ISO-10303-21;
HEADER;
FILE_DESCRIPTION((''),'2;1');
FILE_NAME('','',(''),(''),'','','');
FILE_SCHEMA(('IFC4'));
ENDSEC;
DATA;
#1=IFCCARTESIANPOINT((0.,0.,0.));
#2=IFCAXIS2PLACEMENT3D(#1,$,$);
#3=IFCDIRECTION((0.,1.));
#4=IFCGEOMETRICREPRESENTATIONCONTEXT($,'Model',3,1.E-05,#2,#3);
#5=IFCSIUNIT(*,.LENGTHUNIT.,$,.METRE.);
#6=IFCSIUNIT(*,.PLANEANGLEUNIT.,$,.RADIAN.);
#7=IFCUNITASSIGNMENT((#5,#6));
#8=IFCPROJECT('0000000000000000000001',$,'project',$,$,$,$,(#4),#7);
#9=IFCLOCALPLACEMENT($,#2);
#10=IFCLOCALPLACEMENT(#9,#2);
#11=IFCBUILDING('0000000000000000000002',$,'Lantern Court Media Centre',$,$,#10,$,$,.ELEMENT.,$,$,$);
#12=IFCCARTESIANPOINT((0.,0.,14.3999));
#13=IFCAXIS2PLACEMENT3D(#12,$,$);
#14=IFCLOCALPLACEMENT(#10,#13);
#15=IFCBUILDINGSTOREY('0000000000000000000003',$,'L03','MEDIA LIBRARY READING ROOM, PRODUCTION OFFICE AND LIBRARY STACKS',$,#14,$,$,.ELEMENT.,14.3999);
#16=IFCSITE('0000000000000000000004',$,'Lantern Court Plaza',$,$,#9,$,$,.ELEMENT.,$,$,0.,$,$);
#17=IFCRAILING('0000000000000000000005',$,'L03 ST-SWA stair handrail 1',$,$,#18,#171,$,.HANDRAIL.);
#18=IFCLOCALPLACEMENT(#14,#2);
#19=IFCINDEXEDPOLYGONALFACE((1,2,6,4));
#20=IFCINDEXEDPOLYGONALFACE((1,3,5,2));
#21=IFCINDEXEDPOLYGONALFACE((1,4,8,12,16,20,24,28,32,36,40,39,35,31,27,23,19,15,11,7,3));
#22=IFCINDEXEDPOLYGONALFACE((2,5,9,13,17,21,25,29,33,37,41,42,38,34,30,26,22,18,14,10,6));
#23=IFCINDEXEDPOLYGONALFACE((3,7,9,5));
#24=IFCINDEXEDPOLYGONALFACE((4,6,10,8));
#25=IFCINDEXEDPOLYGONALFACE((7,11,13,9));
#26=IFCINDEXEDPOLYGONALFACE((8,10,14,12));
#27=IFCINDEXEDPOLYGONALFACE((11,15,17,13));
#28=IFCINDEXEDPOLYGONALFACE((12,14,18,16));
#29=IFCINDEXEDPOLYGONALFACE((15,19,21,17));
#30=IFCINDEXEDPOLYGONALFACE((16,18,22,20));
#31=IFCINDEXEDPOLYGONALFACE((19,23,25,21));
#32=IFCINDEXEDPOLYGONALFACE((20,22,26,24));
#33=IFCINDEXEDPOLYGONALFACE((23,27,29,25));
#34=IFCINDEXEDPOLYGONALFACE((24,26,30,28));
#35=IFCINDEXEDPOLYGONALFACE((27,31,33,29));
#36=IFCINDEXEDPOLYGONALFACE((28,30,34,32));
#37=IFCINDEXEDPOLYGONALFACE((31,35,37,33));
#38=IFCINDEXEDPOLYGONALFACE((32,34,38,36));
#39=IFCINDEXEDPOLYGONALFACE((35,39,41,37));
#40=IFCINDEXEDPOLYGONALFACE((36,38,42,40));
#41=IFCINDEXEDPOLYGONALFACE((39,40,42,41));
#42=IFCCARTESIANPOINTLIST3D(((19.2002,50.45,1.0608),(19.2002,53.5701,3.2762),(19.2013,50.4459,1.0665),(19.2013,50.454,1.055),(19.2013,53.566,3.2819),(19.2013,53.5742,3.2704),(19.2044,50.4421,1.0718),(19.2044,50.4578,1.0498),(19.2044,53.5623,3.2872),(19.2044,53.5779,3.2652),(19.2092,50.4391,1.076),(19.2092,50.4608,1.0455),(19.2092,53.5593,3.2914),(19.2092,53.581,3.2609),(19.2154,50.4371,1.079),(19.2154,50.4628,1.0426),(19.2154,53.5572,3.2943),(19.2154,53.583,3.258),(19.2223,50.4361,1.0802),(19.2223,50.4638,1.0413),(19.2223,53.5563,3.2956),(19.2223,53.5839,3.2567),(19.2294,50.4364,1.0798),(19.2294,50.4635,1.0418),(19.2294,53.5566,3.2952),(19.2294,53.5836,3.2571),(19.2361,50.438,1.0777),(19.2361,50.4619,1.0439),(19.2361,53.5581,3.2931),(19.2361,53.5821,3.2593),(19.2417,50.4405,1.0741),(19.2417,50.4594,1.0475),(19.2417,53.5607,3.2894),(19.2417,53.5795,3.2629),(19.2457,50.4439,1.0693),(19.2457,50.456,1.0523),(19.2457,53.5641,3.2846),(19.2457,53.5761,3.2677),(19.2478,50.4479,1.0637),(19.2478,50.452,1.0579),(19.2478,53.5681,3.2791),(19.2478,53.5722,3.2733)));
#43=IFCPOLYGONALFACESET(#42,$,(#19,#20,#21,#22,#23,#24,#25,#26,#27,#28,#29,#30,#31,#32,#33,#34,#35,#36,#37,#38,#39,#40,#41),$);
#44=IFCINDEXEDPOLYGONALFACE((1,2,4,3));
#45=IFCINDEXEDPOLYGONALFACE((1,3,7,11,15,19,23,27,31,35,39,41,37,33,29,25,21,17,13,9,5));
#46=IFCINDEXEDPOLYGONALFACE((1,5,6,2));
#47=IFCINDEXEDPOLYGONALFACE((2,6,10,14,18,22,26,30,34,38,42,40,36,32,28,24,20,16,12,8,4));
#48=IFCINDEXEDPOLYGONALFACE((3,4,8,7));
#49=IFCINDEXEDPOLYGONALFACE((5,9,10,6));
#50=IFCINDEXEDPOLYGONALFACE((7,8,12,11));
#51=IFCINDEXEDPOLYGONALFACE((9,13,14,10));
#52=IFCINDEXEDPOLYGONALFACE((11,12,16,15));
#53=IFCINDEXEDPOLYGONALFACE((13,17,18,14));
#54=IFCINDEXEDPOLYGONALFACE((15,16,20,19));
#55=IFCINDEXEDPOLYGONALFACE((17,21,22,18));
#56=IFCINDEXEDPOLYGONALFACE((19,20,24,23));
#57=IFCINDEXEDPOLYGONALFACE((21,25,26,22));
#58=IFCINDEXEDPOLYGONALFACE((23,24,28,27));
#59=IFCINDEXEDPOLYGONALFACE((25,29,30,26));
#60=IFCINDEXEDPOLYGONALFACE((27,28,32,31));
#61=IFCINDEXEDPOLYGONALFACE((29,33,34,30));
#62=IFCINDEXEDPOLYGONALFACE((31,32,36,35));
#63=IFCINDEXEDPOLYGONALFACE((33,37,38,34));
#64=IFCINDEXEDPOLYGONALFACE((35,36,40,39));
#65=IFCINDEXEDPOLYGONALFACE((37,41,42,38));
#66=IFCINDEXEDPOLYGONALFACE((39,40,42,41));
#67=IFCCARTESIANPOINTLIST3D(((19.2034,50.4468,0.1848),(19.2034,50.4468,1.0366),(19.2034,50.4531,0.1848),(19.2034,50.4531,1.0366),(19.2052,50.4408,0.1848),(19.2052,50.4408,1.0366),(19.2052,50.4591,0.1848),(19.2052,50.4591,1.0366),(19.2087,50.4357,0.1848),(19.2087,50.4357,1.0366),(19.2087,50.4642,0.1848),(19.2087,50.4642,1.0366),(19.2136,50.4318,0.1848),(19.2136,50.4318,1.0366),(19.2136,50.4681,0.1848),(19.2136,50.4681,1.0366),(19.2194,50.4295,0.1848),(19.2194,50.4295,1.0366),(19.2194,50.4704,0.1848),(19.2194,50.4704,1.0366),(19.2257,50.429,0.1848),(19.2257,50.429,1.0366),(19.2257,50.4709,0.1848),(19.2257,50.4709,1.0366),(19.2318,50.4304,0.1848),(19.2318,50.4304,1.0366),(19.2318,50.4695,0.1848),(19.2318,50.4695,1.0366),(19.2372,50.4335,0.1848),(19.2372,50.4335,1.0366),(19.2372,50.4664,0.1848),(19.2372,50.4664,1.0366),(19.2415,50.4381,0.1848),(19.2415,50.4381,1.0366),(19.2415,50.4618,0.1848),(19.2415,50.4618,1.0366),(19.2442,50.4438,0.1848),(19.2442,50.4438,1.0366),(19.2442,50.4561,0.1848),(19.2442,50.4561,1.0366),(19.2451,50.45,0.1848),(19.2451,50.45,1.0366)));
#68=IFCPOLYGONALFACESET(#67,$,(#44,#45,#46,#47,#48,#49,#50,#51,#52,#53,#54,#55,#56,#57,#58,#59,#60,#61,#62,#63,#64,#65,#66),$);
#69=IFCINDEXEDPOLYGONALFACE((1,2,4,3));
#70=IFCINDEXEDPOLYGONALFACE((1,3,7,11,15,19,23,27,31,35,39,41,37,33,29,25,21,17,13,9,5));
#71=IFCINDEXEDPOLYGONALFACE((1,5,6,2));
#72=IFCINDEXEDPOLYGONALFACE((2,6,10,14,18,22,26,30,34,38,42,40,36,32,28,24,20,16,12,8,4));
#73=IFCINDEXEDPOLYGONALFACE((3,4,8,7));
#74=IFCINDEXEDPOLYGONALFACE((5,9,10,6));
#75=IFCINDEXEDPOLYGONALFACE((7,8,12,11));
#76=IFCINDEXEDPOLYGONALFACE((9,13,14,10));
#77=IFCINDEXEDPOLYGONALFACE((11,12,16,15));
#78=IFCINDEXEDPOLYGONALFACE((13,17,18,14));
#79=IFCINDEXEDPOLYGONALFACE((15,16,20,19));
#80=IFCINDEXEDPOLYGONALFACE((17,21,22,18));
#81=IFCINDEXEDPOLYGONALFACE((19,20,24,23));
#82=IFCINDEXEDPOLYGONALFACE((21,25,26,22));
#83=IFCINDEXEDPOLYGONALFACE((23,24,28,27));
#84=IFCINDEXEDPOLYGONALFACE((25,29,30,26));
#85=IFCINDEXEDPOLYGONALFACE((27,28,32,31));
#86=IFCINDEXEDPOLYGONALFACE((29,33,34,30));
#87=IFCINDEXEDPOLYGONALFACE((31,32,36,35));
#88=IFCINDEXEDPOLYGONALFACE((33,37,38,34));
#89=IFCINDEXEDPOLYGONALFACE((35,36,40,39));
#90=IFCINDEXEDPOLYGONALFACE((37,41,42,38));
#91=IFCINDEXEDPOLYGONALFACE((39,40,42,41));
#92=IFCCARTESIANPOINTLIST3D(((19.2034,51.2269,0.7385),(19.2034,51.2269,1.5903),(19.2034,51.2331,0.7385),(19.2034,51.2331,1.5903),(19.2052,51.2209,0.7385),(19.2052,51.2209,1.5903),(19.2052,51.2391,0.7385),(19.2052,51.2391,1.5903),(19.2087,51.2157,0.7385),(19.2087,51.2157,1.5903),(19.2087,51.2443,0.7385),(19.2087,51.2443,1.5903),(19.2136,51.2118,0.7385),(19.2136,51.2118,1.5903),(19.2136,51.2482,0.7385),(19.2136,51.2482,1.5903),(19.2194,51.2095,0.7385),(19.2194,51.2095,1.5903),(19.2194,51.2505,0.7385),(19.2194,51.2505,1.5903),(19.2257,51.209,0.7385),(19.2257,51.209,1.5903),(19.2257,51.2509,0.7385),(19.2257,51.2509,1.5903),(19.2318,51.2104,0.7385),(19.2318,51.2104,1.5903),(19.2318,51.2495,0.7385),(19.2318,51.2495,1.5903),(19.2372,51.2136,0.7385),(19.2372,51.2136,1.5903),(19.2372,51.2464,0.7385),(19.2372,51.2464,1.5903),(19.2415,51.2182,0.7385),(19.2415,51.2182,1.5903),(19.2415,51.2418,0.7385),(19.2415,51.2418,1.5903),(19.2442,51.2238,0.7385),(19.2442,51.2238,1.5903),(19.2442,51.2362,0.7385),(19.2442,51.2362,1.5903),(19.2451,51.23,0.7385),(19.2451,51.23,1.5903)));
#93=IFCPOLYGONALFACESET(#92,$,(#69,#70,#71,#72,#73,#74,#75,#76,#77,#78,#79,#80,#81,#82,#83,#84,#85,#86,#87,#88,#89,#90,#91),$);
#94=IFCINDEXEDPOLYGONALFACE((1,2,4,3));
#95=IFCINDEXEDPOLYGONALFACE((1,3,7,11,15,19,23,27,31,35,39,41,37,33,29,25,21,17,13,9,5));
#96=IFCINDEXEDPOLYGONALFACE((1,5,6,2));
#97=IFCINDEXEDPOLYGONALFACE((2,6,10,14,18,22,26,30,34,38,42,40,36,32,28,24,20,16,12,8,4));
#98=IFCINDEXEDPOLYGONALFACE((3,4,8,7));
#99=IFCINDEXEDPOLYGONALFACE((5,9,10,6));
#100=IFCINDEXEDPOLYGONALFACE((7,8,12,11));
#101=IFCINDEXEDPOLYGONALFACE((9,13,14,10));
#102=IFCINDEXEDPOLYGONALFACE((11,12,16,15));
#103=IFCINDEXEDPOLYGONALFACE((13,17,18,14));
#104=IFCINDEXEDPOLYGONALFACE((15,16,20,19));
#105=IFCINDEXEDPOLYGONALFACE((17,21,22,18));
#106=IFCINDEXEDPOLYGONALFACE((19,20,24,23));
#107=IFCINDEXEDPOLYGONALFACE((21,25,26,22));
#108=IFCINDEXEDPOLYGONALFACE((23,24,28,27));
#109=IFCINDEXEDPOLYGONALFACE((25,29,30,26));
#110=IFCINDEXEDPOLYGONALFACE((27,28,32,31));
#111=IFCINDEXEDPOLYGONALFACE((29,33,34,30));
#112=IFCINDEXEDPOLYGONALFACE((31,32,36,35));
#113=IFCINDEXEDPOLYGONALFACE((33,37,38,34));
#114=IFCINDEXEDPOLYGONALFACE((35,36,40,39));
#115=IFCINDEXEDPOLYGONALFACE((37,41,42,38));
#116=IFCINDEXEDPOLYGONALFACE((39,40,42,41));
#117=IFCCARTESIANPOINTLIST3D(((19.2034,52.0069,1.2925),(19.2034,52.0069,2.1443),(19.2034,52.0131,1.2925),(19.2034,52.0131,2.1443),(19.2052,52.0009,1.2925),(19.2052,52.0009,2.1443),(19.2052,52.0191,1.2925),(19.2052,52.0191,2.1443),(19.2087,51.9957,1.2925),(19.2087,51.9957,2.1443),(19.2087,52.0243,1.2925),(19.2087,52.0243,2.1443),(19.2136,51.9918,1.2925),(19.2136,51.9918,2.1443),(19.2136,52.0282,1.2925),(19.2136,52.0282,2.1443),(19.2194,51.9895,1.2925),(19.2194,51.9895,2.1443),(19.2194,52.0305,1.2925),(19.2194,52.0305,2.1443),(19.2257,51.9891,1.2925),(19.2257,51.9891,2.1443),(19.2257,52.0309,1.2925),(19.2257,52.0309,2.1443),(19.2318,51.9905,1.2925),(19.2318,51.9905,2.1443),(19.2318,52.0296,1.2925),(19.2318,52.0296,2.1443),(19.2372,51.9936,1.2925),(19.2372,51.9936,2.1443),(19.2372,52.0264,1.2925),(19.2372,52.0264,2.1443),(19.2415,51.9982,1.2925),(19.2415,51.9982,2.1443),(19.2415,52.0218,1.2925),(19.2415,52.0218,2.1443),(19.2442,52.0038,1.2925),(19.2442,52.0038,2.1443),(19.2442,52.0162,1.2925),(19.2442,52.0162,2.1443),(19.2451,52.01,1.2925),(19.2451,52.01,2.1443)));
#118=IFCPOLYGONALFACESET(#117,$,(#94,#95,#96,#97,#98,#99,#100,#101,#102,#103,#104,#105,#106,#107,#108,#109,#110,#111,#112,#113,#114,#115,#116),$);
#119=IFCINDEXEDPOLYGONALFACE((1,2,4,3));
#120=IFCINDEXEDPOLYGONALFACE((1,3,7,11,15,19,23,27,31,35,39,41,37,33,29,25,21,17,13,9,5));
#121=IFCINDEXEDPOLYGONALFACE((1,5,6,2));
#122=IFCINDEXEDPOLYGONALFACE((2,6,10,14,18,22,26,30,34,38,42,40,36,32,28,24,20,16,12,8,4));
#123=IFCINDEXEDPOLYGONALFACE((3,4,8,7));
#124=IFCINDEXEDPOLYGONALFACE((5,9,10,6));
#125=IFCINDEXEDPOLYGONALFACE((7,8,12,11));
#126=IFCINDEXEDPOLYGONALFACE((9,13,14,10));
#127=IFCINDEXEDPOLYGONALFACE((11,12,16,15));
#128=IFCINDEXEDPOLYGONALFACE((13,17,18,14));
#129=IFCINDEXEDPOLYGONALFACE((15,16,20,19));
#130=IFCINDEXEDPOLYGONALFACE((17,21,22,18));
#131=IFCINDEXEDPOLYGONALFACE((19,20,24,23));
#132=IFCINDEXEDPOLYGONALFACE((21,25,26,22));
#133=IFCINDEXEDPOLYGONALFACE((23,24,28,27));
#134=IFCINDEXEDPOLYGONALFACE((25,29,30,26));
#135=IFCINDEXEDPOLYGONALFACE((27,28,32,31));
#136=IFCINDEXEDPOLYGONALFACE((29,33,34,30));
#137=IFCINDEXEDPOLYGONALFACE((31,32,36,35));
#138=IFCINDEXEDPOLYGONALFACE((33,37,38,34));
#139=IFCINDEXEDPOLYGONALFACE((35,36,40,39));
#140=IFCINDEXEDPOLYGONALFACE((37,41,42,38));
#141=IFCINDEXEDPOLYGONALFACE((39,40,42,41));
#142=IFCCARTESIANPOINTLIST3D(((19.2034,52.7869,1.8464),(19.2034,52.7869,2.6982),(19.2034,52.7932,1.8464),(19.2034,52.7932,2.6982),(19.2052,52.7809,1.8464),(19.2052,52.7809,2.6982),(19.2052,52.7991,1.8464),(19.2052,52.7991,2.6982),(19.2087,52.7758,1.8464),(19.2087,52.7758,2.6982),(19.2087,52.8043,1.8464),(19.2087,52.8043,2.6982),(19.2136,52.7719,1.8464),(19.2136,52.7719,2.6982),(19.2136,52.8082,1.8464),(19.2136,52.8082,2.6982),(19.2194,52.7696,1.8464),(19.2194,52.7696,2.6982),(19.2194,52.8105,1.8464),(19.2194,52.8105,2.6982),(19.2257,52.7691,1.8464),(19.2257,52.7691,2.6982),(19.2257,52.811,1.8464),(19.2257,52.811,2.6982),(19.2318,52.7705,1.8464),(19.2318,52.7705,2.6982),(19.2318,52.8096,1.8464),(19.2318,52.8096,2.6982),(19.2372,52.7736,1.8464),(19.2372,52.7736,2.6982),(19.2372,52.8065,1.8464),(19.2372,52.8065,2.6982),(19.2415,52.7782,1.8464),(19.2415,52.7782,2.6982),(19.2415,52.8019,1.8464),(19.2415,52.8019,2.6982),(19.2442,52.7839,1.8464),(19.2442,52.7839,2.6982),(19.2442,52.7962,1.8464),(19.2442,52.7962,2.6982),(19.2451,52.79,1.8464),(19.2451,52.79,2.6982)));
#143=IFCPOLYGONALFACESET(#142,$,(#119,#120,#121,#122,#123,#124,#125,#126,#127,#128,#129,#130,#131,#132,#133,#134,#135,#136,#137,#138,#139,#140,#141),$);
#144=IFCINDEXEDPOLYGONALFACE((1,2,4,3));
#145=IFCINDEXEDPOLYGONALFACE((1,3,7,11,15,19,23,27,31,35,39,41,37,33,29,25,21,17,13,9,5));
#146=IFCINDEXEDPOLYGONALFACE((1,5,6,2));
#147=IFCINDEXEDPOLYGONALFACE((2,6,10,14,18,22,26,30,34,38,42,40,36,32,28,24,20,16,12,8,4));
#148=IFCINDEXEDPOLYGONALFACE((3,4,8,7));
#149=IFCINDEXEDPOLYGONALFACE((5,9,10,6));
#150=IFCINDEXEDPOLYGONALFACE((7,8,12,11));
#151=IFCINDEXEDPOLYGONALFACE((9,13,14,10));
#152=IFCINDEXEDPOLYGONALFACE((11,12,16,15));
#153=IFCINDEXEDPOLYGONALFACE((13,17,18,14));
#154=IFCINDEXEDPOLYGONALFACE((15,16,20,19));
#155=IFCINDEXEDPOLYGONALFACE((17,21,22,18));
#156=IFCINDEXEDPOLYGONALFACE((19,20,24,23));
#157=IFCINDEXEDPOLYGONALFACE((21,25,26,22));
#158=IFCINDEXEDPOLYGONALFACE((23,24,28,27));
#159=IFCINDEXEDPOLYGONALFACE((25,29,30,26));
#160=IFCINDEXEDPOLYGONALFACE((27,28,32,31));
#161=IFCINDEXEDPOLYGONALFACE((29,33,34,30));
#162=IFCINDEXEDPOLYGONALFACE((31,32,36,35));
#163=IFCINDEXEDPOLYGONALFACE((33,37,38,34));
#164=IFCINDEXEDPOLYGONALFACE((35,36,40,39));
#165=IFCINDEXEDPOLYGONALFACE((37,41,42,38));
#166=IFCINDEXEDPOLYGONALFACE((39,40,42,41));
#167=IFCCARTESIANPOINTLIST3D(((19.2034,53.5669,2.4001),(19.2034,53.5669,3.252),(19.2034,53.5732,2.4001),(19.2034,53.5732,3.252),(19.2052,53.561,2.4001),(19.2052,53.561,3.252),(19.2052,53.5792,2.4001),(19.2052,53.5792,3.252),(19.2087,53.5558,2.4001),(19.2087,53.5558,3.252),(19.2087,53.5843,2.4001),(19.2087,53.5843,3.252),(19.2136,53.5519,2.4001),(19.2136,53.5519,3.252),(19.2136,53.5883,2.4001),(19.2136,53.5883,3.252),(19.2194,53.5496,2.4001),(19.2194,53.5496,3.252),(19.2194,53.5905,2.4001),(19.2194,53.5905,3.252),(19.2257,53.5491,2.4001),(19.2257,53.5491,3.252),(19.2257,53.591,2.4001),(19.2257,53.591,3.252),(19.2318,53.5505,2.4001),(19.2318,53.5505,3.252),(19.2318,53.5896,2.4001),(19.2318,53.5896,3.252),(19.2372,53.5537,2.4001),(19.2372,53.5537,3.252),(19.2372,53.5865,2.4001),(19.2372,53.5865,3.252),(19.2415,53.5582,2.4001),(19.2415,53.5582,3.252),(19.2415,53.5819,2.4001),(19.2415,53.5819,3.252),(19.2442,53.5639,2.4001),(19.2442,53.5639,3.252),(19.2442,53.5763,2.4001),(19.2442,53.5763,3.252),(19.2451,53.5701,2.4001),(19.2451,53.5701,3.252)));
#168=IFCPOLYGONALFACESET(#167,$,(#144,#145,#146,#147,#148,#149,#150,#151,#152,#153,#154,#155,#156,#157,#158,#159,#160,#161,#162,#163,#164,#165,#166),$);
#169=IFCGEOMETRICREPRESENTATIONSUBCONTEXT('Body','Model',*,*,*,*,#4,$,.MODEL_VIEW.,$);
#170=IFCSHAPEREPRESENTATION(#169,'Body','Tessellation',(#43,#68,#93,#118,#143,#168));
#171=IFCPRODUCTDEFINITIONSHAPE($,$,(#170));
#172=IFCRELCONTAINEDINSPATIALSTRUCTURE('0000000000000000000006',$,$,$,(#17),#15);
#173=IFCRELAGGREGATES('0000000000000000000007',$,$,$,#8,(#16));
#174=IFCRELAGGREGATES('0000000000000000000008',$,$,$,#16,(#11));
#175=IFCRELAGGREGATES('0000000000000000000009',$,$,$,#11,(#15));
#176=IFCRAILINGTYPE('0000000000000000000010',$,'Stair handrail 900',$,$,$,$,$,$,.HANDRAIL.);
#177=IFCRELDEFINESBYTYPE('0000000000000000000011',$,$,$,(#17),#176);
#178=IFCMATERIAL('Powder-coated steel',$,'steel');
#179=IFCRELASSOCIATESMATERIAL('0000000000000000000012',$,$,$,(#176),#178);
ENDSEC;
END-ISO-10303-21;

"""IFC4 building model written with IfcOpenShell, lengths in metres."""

from ifc_helpers import new_model, si_unit, direction, frame, origin, origin_2d, place, context, subcontext, project, spatial, circle, extrude, material, type_object, element, save


model = new_model("IFC4")

# Units and contexts
model_context = context("Model", 3, precision=1e-05, world=origin(), true_north=direction((0.0, 1.0)))
body_context = subcontext(model_context, "Body", "Model", "MODEL_VIEW")
ifc_project = project(units=[si_unit("LENGTHUNIT", "METRE"), si_unit("PLANEANGLEUNIT", "RADIAN")], contexts=[model_context])

# Site, building, storey
site_placement = place(None, origin())
site = spatial("IfcSite", under=ifc_project, at=site_placement, Name="Lantern Court Plaza", CompositionType="ELEMENT", RefElevation=0.0)
building_placement = place(site_placement, origin())
building = spatial("IfcBuilding", under=site, at=building_placement, Name="Lantern Court Media Centre", CompositionType="ELEMENT")
storey_placement = place(building_placement, frame((0.0, 0.0, 14.3999)))
storey = spatial("IfcBuildingStorey", under=building, at=storey_placement, Name="L03", Description="MEDIA LIBRARY READING ROOM, PRODUCTION OFFICE AND LIBRARY STACKS", CompositionType="ELEMENT", Elevation=14.3999)

# Shared definitions
ifc_material_1 = material(Name="Powder-coated steel", Category="steel")

# Railing
railing_type_1 = type_object("IfcRailingType", Name="Stair handrail 900", PredefinedType="HANDRAIL", material=ifc_material_1)
railing_1_placement = place(storey_placement, frame((19.2241, 50.45, 0.1848)))
element("IfcRailing", 1, at=railing_1_placement, inside=storey, type_object=railing_type_1, Name="L03 ST-SWA stair handrail 1", PredefinedType="HANDRAIL", context=body_context, shape_type="SweptSolid", body=[
    extrude(circle(Radius=0.0239, at=origin_2d()), frame((0.0, 0.0, 0.876), z_axis=(0.0, 0.815377, 0.57893), x_axis=(-1.0, 0.0, 0.0)), (0.0, 0.0, 1.0), 3.8267),
    extrude(circle(Radius=0.021, at=origin_2d()), origin(), (0.0, 0.0, 1.0), 0.8518),
    extrude(circle(Radius=0.021, at=origin_2d()), frame((0.0, 0.78, 0.5537)), (0.0, 0.0, 1.0), 0.8518),
    extrude(circle(Radius=0.021, at=origin_2d()), frame((0.0, 1.5601, 1.1077)), (0.0, 0.0, 1.0), 0.8518),
    extrude(circle(Radius=0.021, at=origin_2d()), frame((0.0, 2.3401, 1.6616)), (0.0, 0.0, 1.0), 0.8518),
    extrude(circle(Radius=0.021, at=origin_2d()), frame((0.0, 3.1201, 2.2153)), (0.0, 0.0, 1.0), 0.8518),
])

save(model, "model.ifc")
